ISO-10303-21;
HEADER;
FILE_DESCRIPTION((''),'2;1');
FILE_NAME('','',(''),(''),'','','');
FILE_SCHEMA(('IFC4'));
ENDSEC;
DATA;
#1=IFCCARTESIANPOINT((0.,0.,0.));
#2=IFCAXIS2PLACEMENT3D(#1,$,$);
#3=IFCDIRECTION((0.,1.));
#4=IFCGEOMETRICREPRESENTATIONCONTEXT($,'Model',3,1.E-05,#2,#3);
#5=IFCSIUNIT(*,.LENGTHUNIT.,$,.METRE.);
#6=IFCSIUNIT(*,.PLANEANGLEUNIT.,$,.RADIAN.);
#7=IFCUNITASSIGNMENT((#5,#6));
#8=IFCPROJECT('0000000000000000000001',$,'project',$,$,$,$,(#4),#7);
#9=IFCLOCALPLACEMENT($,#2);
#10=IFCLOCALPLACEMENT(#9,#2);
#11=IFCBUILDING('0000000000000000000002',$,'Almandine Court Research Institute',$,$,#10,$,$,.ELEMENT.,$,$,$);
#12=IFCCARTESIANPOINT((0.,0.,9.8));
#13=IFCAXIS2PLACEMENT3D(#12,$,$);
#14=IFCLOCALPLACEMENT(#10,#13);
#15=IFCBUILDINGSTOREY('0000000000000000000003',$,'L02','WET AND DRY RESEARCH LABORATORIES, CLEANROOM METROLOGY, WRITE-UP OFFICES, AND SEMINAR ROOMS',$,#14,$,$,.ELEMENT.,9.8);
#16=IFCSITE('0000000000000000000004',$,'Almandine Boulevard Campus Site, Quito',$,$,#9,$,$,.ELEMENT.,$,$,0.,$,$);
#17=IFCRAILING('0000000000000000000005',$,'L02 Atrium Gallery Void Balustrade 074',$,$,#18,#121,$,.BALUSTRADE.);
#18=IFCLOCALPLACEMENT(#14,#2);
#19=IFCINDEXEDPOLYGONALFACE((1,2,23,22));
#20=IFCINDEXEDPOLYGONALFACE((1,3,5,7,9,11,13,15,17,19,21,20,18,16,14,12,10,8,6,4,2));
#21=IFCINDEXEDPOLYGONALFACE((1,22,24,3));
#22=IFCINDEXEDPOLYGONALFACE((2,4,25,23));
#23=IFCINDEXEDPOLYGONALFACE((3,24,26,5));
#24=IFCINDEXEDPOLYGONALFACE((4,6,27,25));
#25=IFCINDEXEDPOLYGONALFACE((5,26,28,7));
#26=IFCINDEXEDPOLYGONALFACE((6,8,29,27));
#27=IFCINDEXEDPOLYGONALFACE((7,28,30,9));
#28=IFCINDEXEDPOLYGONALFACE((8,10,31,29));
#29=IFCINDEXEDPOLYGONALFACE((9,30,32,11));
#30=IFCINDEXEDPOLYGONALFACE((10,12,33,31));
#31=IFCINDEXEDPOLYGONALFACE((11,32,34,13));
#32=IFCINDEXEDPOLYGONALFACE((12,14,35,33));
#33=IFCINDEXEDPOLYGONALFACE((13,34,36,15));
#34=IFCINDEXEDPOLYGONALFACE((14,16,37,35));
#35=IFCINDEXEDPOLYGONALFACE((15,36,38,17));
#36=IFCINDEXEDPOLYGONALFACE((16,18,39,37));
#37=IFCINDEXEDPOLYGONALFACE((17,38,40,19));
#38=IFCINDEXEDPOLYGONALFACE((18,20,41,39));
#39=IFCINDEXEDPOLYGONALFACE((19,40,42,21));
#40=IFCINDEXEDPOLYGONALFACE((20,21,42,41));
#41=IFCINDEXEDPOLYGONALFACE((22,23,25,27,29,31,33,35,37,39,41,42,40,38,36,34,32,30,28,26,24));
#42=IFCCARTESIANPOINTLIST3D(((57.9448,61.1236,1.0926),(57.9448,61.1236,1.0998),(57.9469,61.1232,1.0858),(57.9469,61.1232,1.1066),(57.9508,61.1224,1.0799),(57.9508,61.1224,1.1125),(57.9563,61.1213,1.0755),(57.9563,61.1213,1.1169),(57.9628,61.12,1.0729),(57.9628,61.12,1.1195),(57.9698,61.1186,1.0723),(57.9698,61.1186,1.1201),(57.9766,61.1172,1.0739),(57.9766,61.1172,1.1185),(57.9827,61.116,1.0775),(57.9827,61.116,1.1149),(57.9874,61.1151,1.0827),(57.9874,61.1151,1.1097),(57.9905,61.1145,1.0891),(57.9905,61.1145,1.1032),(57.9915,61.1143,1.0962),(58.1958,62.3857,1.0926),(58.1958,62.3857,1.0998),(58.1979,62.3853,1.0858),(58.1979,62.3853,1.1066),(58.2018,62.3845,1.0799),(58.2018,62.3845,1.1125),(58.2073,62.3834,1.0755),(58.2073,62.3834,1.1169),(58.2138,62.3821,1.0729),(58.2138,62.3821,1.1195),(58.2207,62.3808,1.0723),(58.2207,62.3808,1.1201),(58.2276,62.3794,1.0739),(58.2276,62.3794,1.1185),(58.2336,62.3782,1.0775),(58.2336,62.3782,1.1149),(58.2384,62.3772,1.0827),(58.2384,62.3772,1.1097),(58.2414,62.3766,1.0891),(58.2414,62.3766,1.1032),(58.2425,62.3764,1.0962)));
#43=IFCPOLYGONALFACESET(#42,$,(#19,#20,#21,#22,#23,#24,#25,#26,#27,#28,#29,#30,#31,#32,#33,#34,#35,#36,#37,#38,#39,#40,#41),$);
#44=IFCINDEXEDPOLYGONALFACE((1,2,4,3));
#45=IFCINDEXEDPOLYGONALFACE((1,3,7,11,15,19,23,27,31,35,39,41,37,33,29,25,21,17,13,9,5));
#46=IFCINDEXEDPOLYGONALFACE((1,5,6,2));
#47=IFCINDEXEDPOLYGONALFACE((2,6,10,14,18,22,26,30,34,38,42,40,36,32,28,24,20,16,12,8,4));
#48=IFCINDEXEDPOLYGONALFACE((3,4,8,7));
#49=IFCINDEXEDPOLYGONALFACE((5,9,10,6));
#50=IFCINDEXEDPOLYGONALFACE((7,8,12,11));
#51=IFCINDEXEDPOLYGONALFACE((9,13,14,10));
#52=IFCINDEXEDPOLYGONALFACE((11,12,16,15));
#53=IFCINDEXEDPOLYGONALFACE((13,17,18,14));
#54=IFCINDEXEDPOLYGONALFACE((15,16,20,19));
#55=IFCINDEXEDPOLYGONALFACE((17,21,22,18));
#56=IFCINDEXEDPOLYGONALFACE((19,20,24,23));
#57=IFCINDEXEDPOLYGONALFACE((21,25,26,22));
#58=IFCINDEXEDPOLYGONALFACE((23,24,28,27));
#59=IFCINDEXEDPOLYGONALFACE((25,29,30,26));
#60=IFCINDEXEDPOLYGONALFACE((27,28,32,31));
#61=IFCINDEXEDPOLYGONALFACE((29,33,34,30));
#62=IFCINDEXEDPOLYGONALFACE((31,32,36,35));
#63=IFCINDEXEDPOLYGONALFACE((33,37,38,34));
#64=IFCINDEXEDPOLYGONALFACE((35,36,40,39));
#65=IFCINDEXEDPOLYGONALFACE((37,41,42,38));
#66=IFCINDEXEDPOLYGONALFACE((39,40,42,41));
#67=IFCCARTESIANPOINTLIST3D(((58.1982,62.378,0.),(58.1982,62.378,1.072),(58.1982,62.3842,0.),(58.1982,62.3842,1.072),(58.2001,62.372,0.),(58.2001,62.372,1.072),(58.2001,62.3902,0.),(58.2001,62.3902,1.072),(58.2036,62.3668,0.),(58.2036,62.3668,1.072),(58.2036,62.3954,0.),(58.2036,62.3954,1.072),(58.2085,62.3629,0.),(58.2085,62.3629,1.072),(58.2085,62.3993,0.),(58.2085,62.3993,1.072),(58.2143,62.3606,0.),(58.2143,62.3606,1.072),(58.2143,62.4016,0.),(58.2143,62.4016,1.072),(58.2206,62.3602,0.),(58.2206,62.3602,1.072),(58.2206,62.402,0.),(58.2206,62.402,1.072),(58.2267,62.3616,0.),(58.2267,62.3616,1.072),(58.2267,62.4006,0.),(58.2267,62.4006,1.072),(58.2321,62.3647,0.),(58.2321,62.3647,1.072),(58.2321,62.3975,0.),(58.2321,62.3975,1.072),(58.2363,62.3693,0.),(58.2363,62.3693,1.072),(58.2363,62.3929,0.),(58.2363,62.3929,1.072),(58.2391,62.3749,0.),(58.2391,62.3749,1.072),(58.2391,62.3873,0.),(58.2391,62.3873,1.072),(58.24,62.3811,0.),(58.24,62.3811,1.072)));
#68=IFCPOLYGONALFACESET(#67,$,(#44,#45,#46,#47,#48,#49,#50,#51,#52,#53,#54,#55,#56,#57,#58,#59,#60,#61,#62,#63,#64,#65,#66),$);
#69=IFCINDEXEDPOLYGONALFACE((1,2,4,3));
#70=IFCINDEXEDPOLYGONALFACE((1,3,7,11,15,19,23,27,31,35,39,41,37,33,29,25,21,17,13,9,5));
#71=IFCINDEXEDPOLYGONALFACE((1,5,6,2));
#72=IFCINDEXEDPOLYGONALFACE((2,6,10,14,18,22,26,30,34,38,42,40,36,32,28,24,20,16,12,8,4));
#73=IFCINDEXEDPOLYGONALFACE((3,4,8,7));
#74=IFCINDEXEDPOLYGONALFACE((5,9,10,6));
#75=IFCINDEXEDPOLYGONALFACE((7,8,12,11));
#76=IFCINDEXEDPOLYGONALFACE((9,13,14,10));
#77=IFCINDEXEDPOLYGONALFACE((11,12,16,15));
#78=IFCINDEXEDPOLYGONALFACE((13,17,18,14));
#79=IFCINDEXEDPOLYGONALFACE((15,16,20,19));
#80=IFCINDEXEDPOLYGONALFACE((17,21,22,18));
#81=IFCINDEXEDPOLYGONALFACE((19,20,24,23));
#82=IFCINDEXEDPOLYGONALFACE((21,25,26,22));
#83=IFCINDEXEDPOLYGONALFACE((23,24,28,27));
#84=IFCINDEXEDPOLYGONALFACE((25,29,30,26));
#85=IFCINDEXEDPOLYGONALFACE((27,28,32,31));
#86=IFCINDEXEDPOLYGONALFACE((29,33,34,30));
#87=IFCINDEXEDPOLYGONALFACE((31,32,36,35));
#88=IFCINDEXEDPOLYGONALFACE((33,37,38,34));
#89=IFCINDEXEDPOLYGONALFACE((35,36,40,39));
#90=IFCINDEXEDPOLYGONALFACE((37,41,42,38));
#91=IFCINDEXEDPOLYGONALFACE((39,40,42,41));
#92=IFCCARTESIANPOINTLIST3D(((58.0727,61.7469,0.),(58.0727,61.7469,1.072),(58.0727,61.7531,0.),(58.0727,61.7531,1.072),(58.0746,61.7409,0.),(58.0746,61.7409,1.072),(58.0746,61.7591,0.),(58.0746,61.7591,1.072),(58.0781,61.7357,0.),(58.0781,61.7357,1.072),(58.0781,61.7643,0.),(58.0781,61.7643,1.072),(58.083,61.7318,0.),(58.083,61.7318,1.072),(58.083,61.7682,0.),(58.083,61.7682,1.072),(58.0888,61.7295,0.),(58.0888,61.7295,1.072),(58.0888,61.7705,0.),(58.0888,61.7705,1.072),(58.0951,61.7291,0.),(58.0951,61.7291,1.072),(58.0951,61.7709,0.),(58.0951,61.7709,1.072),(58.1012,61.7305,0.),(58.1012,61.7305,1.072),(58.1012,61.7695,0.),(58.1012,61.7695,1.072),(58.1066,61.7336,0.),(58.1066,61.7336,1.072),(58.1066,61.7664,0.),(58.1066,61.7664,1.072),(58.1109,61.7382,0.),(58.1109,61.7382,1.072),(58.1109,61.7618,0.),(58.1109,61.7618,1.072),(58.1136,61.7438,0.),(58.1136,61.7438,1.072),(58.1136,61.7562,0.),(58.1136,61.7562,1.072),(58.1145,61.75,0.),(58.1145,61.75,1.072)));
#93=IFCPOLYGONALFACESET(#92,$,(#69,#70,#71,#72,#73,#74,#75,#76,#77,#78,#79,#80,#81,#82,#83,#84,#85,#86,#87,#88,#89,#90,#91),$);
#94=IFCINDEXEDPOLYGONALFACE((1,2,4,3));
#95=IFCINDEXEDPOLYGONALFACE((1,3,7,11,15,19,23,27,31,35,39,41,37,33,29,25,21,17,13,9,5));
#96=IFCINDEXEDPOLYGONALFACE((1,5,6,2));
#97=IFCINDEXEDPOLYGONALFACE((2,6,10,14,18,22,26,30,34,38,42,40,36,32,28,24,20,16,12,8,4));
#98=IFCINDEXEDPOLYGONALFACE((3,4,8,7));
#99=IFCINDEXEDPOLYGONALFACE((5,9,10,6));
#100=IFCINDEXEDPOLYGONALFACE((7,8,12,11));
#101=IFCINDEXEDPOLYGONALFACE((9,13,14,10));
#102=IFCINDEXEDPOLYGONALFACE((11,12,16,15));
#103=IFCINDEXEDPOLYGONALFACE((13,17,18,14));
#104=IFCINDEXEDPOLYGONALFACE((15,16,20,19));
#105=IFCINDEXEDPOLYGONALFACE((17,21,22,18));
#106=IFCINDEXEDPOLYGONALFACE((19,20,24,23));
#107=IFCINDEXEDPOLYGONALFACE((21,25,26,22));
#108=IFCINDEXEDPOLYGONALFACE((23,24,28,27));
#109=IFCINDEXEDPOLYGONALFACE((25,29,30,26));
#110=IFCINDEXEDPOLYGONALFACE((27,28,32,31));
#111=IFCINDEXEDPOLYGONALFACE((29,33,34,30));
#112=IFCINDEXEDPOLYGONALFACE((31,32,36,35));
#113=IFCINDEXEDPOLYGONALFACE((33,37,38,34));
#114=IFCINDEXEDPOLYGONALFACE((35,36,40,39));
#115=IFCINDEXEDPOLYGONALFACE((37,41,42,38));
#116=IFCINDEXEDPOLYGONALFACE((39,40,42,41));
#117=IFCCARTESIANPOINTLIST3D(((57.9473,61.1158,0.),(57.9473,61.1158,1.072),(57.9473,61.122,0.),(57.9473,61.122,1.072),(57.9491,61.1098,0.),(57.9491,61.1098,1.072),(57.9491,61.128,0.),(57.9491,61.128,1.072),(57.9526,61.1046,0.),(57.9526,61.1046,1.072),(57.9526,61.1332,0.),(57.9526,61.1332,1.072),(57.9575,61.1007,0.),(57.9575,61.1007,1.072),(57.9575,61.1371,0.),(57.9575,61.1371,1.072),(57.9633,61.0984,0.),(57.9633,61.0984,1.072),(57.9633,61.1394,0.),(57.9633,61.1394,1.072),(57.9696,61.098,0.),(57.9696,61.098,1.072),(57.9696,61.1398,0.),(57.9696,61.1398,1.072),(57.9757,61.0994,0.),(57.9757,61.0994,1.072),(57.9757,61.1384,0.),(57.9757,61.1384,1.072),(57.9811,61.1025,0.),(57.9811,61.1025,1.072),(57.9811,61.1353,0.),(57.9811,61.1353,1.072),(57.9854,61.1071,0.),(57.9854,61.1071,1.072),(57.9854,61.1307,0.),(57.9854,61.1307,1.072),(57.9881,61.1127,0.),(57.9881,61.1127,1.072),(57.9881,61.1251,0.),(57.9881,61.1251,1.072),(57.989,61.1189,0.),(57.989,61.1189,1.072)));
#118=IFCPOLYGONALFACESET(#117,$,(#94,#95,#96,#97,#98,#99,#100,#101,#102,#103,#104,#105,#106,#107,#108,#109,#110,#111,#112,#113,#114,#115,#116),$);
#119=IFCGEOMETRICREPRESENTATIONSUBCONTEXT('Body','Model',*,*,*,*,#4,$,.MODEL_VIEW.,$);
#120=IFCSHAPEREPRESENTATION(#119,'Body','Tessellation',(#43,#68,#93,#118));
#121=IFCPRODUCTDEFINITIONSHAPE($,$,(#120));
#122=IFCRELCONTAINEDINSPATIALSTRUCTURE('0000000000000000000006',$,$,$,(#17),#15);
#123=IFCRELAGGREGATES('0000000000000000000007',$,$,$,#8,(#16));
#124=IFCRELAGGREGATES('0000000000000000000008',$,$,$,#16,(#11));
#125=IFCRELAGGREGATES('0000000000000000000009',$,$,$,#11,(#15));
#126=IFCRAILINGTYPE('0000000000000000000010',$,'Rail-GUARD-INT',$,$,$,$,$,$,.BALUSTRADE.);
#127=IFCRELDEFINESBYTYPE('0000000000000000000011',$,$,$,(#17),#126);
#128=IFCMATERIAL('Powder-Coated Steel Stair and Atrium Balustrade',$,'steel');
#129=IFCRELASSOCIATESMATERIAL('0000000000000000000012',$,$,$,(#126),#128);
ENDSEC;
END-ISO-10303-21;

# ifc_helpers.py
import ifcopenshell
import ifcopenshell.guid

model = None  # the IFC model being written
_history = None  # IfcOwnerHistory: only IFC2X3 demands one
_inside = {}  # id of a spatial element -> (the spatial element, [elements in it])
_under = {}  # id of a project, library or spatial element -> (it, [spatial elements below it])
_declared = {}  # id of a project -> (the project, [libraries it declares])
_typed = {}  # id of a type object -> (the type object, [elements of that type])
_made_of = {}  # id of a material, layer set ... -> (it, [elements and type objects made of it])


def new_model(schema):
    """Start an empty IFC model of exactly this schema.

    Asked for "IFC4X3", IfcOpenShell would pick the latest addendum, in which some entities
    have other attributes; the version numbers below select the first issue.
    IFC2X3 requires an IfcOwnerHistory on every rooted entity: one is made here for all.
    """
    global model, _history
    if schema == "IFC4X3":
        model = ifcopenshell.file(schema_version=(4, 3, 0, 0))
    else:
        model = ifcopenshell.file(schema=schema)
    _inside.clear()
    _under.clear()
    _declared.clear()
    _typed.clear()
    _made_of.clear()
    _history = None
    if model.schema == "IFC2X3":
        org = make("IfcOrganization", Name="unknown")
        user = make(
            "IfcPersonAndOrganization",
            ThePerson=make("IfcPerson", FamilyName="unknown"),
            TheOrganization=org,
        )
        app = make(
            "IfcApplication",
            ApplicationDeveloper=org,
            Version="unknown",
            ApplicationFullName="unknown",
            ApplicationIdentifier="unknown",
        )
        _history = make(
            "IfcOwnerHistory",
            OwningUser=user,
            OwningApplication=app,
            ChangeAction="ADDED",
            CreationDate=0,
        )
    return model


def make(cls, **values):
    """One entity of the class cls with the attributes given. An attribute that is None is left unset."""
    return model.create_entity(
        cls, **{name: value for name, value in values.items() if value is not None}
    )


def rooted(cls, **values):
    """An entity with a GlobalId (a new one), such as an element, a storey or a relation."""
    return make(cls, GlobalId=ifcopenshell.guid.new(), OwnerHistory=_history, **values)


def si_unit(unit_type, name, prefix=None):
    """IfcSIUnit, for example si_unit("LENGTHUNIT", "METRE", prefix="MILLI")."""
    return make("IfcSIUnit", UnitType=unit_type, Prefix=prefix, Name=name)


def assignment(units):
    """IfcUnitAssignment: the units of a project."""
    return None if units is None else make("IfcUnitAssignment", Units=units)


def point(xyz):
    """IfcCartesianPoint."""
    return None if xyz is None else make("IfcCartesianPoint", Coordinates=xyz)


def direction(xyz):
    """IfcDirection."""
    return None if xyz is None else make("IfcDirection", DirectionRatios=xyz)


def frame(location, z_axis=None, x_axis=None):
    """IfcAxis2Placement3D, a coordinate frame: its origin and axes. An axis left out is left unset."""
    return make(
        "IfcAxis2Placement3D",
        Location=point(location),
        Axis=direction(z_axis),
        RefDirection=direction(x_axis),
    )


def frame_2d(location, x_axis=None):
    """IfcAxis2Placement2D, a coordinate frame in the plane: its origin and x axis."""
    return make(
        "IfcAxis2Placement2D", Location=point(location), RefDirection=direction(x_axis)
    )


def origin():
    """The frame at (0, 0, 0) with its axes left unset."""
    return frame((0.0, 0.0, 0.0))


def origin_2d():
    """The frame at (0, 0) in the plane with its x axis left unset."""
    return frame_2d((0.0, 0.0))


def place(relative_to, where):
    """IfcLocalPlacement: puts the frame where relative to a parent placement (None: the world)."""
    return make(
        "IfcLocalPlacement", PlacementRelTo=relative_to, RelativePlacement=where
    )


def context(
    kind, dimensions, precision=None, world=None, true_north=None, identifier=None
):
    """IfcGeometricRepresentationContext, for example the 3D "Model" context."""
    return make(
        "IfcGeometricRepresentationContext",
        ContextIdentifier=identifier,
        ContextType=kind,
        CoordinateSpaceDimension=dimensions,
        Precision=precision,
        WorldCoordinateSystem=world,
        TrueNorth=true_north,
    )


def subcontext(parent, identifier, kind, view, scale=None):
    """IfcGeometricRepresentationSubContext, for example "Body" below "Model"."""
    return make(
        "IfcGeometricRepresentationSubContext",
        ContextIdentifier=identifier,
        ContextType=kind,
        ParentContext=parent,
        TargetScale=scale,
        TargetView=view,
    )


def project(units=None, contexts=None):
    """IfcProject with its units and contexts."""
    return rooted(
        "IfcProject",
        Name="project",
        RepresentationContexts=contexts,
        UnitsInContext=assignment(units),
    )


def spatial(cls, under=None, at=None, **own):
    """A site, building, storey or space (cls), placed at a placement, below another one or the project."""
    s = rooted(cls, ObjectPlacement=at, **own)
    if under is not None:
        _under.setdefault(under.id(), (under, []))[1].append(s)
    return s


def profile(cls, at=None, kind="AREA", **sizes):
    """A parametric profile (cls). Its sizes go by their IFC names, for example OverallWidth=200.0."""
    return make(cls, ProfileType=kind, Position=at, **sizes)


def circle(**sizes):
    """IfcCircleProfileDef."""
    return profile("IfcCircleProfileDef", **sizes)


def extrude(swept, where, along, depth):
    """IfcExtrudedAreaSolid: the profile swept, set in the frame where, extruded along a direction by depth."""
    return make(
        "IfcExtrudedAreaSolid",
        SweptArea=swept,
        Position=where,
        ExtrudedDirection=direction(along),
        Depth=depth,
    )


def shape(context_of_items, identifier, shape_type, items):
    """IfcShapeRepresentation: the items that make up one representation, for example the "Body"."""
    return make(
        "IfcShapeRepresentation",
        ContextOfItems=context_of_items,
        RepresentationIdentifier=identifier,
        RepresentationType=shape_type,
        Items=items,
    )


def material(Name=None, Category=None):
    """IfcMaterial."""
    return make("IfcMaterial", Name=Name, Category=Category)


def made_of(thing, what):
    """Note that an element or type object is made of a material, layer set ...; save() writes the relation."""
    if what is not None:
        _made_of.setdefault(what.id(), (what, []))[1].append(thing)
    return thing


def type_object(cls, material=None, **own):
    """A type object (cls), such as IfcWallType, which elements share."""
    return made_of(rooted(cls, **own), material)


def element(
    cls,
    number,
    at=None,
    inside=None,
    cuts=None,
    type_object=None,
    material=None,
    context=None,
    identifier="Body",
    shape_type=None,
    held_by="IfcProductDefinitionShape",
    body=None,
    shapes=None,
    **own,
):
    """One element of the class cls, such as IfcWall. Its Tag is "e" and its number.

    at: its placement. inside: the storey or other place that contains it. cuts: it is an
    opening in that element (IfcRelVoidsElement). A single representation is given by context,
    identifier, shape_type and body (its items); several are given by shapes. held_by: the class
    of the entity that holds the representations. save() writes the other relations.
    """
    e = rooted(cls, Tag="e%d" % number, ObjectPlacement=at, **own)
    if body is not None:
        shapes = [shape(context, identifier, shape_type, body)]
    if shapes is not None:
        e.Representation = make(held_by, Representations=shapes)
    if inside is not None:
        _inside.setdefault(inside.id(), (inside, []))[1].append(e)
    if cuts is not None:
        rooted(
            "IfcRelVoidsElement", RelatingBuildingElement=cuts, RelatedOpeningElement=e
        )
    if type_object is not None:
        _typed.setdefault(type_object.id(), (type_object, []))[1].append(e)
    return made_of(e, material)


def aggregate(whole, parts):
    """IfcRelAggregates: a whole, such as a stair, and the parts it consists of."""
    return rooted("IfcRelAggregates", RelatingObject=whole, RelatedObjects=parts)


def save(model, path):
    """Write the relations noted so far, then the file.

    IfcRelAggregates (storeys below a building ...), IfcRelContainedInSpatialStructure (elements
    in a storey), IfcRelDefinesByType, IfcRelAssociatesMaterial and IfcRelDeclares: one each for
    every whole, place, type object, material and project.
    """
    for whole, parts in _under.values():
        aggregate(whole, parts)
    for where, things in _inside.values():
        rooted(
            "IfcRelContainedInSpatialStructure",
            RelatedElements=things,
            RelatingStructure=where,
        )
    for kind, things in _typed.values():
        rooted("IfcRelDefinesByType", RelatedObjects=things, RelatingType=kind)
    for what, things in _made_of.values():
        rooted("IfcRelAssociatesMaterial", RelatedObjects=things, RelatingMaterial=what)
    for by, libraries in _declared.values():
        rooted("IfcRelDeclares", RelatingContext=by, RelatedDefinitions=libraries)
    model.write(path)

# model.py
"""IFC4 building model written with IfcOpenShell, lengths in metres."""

from ifc_helpers import new_model, si_unit, direction, frame, origin, origin_2d, place, context, subcontext, project, spatial, circle, extrude, material, type_object, element, save


model = new_model("IFC4")

# Units and contexts
model_context = context("Model", 3, precision=1e-05, world=origin(), true_north=direction((0.0, 1.0)))
body_context = subcontext(model_context, "Body", "Model", "MODEL_VIEW")
ifc_project = project(units=[si_unit("LENGTHUNIT", "METRE"), si_unit("PLANEANGLEUNIT", "RADIAN")], contexts=[model_context])

# Site, building, storey
site_placement = place(None, origin())
site = spatial("IfcSite", under=ifc_project, at=site_placement, Name="Almandine Boulevard Campus Site, Quito", CompositionType="ELEMENT", RefElevation=0.0)
building_placement = place(site_placement, origin())
building = spatial("IfcBuilding", under=site, at=building_placement, Name="Almandine Court Research Institute", CompositionType="ELEMENT")
storey_placement = place(building_placement, frame((0.0, 0.0, 9.8)))
storey = spatial("IfcBuildingStorey", under=building, at=storey_placement, Name="L02", Description="WET AND DRY RESEARCH LABORATORIES, CLEANROOM METROLOGY, WRITE-UP OFFICES, AND SEMINAR ROOMS", CompositionType="ELEMENT", Elevation=9.8)

# Railing
ifc_material_1 = material(Name="Powder-Coated Steel Stair and Atrium Balustrade", Category="steel")
railing_type = type_object("IfcRailingType", Name="Rail-GUARD-INT", PredefinedType="BALUSTRADE", material=ifc_material_1)
railing_1_placement = place(storey_placement, frame((58.219, 62.3811, 0.0)))
element("IfcRailing", 1, at=railing_1_placement, inside=storey, type_object=railing_type, Name="L02 Atrium Gallery Void Balustrade 074", PredefinedType="BALUSTRADE", context=body_context, shape_type="SweptSolid", body=[
    extrude(circle(Radius=0.0239, at=origin_2d()), frame((0.0, 0.0, 1.0962), z_axis=(-0.195022, -0.980799, 0.0), x_axis=(0.980799, -0.195022, 0.0)), (0.0, 0.0, 1.0), 1.2869),
    extrude(circle(Radius=0.021, at=origin_2d()), origin(), (0.0, 0.0, 1.0), 1.072),
    extrude(circle(Radius=0.021, at=origin_2d()), frame((-0.1255, -0.6311, 0.0)), (0.0, 0.0, 1.0), 1.072),
    extrude(circle(Radius=0.021, at=origin_2d()), frame((-0.251, -1.2622, 0.0)), (0.0, 0.0, 1.0), 1.072),
])

save(model, "model.ifc")
